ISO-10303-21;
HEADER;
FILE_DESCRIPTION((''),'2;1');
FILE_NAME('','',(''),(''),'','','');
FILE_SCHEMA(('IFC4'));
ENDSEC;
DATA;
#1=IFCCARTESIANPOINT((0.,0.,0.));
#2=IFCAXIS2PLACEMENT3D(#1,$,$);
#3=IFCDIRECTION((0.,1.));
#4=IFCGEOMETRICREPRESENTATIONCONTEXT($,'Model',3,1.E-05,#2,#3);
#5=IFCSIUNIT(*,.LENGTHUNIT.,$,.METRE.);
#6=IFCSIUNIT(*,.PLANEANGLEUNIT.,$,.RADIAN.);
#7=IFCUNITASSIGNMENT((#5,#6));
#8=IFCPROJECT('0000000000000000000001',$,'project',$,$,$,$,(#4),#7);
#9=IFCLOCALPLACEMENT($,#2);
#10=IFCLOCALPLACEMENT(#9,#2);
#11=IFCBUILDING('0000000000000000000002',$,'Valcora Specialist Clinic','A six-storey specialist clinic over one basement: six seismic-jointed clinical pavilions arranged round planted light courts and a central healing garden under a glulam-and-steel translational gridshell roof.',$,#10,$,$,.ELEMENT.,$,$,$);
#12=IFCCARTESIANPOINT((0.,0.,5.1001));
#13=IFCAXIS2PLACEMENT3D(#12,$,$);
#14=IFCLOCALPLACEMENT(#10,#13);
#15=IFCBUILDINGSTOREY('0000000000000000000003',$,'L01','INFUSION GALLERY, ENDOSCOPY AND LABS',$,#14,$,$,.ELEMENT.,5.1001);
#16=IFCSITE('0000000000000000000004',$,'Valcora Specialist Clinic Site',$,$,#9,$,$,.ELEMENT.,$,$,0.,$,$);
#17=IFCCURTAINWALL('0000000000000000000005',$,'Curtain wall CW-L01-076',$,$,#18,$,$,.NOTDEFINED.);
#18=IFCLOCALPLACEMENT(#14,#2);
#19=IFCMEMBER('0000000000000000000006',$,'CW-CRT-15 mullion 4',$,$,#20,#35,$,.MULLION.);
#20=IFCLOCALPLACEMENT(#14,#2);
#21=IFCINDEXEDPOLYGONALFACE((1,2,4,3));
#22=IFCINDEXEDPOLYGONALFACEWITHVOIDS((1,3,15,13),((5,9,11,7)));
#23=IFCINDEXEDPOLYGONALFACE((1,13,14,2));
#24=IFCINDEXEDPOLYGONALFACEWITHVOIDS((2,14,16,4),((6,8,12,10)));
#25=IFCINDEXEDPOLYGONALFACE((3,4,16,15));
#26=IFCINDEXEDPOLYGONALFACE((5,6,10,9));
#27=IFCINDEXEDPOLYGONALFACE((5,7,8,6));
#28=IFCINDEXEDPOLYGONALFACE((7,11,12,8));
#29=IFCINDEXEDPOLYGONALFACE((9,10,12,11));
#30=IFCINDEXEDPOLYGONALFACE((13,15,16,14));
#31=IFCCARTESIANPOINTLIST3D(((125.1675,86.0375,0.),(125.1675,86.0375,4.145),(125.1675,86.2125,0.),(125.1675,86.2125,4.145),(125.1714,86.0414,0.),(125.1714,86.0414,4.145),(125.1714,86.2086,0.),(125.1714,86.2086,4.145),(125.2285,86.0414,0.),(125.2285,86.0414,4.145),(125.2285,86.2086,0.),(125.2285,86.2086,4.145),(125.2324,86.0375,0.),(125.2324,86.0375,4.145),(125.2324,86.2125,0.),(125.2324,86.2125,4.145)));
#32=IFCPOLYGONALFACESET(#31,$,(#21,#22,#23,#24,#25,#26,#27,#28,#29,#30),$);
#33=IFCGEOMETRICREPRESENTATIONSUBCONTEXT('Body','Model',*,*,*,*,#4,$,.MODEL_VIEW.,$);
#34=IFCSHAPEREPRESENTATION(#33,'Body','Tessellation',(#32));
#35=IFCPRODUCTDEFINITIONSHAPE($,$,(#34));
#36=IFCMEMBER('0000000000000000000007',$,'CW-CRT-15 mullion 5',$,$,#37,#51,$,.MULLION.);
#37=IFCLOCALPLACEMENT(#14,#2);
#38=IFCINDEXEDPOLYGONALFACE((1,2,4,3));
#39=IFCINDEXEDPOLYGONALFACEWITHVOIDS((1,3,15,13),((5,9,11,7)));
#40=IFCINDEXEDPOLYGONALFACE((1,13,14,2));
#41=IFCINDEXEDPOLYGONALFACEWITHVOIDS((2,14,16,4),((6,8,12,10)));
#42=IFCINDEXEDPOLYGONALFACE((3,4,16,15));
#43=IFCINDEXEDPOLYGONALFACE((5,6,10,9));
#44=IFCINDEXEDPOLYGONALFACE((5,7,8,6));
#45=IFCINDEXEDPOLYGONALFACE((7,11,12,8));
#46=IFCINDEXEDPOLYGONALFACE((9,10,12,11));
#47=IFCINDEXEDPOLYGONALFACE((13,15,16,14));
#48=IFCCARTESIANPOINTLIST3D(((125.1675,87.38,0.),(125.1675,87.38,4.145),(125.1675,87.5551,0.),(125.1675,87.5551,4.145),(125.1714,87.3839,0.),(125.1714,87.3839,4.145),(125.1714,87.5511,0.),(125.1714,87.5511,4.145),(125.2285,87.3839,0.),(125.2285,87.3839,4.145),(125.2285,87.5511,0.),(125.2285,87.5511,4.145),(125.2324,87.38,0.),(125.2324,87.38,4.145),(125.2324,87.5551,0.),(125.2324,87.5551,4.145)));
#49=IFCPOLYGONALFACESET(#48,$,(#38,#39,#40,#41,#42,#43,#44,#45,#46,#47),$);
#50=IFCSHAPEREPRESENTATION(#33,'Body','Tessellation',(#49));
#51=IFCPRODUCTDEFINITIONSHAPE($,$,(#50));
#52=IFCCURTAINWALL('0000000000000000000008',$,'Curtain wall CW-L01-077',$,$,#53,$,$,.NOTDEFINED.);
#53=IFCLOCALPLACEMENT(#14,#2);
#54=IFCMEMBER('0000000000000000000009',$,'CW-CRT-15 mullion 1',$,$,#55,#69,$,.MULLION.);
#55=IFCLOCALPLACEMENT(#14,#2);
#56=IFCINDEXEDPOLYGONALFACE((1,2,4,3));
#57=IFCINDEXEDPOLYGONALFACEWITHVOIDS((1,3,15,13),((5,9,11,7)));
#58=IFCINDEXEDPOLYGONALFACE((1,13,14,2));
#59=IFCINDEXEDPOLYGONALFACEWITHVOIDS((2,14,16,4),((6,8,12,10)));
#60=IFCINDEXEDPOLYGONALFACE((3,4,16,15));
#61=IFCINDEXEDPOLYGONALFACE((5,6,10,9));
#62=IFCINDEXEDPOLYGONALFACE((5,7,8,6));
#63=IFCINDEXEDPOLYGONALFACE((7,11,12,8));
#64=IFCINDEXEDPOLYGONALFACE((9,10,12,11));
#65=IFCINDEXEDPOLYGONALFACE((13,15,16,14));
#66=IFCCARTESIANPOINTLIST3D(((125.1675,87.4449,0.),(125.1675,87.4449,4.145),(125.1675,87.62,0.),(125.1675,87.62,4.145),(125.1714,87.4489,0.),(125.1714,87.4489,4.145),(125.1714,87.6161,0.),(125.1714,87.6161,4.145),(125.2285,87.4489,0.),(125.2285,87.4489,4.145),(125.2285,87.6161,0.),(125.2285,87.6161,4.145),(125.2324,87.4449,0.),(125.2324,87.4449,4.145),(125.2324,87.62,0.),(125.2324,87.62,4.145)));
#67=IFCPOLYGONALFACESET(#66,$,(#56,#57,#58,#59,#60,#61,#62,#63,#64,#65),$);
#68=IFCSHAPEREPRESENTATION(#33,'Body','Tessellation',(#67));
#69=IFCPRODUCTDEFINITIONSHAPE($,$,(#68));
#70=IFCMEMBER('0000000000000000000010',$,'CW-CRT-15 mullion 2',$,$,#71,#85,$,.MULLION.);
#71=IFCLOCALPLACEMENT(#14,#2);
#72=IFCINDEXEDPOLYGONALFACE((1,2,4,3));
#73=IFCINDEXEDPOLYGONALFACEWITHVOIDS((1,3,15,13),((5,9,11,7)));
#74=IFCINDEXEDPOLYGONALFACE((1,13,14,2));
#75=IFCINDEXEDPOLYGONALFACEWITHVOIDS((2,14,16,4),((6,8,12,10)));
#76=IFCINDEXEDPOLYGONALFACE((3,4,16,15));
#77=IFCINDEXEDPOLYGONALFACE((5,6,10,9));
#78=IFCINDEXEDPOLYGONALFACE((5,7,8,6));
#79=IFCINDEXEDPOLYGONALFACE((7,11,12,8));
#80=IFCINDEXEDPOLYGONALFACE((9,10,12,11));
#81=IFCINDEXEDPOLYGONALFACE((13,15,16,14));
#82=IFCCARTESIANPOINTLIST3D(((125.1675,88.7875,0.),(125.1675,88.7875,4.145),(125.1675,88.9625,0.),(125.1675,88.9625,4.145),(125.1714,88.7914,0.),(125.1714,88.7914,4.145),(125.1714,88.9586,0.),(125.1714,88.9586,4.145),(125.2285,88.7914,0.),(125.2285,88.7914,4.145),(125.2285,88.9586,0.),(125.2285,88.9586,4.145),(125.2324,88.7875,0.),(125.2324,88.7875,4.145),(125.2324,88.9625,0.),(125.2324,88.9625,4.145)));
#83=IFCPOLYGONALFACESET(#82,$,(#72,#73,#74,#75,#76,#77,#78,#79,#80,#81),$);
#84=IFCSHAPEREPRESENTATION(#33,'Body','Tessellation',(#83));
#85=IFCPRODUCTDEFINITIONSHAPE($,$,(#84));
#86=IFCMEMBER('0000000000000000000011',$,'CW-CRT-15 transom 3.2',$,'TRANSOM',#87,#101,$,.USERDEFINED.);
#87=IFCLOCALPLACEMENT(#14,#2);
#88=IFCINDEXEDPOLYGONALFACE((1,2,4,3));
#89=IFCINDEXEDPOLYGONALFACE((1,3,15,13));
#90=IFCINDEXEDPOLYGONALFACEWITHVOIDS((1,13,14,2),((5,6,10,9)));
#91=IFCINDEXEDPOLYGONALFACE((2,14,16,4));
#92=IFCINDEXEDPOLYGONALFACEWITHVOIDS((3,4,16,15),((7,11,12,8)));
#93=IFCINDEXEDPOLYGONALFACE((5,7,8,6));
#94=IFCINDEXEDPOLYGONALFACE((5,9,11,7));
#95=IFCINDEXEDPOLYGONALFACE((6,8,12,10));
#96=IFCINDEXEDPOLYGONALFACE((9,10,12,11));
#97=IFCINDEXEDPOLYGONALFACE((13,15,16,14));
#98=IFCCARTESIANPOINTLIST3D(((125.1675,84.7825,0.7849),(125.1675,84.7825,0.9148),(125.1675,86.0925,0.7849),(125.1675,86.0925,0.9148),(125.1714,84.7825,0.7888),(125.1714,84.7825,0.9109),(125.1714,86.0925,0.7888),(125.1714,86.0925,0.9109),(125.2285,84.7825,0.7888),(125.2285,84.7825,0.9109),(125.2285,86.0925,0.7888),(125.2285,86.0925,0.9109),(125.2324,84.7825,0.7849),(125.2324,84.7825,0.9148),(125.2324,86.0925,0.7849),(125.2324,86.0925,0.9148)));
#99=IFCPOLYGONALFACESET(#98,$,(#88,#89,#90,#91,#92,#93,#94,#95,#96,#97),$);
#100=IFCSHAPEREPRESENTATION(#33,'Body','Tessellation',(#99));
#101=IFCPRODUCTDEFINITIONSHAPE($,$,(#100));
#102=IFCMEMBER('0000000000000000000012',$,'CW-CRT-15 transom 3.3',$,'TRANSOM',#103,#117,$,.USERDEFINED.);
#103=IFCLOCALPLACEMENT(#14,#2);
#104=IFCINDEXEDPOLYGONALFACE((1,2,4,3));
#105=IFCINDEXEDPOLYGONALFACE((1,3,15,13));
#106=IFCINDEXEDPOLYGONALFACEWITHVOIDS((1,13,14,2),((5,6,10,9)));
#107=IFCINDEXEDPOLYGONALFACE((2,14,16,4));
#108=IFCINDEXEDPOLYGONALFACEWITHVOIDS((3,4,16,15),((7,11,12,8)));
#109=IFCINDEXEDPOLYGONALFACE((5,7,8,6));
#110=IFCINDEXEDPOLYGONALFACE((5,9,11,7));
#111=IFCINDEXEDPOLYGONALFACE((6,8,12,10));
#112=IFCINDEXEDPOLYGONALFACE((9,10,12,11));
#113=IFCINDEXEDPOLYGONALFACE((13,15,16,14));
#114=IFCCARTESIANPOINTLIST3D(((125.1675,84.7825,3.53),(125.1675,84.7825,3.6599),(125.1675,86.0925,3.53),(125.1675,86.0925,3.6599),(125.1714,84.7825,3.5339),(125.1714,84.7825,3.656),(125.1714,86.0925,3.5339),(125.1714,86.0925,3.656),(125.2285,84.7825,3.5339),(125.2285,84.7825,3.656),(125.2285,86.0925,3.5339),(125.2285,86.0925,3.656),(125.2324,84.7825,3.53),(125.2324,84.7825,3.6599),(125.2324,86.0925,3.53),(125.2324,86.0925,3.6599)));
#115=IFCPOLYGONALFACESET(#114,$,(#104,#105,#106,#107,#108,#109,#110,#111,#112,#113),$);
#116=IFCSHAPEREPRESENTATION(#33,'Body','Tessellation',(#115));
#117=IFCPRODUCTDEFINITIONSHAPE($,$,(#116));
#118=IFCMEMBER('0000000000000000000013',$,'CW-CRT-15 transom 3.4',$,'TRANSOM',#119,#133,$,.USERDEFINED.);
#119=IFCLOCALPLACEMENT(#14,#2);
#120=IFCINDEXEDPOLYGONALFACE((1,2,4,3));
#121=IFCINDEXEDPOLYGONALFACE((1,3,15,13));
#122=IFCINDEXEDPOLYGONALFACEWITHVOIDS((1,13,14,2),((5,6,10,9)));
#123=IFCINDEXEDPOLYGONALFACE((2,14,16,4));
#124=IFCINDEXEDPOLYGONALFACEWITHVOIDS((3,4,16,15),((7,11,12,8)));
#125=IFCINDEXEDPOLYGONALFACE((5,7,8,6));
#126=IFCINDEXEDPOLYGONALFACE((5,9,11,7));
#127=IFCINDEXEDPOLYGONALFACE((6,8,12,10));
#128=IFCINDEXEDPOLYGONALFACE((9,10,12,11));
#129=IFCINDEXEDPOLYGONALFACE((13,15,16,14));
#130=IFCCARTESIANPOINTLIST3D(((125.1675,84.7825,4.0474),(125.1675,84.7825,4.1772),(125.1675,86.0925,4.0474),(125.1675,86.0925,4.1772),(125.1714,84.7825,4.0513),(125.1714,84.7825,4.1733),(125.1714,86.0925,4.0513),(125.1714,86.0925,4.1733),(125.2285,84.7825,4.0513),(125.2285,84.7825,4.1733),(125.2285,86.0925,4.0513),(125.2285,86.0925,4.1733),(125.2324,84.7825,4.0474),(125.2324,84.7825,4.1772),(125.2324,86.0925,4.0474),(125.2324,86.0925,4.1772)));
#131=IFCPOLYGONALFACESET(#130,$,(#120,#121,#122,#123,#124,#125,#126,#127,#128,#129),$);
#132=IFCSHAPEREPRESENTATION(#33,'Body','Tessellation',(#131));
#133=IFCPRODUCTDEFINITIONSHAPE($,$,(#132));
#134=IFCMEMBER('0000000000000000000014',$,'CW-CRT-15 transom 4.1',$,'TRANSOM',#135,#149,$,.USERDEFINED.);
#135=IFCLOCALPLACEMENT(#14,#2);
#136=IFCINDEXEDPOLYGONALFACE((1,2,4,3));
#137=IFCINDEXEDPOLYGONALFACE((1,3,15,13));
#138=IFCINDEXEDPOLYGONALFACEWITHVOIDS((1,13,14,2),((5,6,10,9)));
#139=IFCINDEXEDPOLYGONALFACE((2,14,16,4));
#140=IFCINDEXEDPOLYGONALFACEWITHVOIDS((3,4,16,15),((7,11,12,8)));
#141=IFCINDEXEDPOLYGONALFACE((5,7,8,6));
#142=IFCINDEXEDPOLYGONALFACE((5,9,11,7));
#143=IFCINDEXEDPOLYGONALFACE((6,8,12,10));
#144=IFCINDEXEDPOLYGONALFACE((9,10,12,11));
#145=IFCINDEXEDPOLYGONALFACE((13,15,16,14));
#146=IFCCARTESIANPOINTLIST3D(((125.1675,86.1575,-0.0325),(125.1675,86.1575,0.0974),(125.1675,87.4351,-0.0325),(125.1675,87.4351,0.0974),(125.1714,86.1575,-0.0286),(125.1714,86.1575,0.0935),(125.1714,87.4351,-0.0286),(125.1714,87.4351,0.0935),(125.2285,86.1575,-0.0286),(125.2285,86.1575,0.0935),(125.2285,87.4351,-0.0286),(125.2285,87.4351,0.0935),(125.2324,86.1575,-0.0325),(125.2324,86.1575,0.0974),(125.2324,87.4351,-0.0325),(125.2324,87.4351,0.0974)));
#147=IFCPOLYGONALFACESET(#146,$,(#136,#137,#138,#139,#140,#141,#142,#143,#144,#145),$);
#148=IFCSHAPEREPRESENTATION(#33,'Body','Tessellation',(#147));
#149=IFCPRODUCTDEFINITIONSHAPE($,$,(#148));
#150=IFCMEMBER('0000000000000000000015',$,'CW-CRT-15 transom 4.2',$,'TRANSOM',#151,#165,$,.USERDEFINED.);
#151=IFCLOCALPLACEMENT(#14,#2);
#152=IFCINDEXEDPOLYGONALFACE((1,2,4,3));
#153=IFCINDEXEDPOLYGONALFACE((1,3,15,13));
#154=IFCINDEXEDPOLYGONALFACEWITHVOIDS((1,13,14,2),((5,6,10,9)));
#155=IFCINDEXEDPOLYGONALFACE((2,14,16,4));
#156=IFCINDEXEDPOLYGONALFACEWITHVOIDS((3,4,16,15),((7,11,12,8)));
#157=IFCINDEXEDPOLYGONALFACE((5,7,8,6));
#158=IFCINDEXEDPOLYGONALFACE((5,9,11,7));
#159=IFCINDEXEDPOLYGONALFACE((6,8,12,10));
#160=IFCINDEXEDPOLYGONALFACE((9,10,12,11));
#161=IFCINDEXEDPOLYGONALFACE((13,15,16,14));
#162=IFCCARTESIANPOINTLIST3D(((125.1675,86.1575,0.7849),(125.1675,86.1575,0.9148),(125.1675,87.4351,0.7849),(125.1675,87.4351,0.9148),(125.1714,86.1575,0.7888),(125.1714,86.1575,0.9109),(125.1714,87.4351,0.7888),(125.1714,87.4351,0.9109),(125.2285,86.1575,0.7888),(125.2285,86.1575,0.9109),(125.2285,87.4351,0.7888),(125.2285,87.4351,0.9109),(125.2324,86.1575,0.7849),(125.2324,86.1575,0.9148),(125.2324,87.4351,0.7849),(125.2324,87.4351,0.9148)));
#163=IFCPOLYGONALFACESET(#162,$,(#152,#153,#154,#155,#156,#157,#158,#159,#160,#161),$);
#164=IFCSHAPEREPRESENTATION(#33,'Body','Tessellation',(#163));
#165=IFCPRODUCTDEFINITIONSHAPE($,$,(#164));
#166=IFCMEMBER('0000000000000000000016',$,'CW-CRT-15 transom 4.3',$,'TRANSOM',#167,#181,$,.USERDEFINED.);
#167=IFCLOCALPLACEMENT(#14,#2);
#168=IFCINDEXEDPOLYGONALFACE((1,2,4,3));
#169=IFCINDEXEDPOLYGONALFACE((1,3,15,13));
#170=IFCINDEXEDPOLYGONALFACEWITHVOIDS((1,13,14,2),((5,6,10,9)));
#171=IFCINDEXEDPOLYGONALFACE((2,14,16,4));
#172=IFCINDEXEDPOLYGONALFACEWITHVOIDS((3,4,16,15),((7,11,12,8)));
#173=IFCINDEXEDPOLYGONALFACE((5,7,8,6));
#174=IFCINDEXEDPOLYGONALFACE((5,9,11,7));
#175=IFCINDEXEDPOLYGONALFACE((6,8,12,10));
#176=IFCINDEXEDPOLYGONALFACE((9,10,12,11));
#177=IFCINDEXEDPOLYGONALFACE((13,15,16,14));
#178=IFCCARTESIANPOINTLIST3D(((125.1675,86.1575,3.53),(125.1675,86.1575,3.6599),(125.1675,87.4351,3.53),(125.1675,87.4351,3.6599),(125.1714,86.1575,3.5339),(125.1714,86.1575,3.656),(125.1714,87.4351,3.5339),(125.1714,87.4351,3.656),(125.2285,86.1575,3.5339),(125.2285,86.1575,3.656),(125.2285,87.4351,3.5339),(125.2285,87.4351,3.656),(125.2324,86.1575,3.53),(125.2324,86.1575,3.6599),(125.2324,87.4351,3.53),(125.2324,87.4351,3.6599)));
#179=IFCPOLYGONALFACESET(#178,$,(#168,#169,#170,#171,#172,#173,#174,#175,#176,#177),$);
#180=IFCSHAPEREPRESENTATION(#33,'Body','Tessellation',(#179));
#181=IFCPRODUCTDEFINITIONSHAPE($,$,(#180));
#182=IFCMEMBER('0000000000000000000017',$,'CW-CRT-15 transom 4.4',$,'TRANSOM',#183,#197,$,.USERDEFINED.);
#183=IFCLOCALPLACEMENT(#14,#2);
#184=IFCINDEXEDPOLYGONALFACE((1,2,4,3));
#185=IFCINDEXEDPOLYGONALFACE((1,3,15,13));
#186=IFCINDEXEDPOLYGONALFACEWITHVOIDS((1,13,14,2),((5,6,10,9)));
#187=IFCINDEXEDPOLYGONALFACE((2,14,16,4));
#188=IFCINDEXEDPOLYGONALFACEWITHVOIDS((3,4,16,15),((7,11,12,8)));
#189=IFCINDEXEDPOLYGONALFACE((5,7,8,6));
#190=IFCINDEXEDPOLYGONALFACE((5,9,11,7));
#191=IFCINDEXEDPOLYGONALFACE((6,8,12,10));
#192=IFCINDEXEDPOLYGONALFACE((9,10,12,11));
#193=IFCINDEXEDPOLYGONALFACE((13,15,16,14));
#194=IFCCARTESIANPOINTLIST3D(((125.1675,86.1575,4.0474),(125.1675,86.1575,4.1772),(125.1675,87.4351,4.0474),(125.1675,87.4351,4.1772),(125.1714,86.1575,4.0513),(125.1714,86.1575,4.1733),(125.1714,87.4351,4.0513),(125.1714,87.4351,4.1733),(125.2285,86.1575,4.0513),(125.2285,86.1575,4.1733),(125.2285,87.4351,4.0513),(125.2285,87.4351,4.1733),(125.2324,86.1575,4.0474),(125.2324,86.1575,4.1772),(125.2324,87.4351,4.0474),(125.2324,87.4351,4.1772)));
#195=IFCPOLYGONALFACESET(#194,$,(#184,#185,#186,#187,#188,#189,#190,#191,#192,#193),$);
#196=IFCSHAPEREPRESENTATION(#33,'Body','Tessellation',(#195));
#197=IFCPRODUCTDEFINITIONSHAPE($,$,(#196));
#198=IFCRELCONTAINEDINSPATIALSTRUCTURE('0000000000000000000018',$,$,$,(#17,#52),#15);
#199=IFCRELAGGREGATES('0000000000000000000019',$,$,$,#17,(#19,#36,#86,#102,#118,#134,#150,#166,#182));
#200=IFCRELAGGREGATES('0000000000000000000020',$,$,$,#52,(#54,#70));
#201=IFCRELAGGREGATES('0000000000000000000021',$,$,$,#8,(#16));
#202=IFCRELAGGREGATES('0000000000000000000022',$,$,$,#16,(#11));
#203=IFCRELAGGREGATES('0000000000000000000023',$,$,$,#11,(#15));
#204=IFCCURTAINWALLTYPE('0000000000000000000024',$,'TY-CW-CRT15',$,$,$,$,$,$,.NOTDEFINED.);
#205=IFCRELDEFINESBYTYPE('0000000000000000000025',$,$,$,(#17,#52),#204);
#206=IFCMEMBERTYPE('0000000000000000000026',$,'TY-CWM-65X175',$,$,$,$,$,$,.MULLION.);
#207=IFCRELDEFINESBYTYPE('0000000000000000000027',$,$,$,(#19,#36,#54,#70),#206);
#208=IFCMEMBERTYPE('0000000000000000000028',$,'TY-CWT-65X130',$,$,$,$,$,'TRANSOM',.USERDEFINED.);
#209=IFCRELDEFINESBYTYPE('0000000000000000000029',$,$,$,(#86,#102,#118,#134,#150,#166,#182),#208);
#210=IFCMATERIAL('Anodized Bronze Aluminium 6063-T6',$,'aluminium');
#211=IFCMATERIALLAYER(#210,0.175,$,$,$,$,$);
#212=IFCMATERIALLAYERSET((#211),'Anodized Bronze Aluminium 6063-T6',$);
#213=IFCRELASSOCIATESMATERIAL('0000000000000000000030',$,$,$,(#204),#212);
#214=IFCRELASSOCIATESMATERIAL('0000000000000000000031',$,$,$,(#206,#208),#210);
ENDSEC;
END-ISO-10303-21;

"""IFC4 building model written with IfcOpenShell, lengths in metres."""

from ifc_helpers import new_model, si_unit, direction, frame, origin, origin_2d, place, context, subcontext, project, spatial, hollow_rectangle, extrude, material, layer, layer_set, material_profile, profile_set, type_object, element, aggregate, save


model = new_model("IFC4")

# Units and contexts
model_context = context("Model", 3, precision=1e-05, world=origin(), true_north=direction((0.0, 1.0)))
body_context = subcontext(model_context, "Body", "Model", "MODEL_VIEW")
ifc_project = project(units=[si_unit("LENGTHUNIT", "METRE"), si_unit("PLANEANGLEUNIT", "RADIAN")], contexts=[model_context])

# Site, building, storey
site_placement = place(None, origin())
site = spatial("IfcSite", under=ifc_project, at=site_placement, Name="Valcora Specialist Clinic Site", CompositionType="ELEMENT", RefElevation=0.0)
building_placement = place(site_placement, origin())
building = spatial("IfcBuilding", under=site, at=building_placement, Name="Valcora Specialist Clinic", Description="A six-storey specialist clinic over one basement: six seismic-jointed clinical pavilions arranged round planted light courts and a central healing garden under a glulam-and-steel translational gridshell roof.", CompositionType="ELEMENT")
storey_placement = place(building_placement, frame((0.0, 0.0, 5.1001)))
storey = spatial("IfcBuildingStorey", under=building, at=storey_placement, Name="L01", Description="INFUSION GALLERY, ENDOSCOPY AND LABS", CompositionType="ELEMENT", Elevation=5.1001)

# Curtain walls, members
ifc_material_1 = material(Name="Anodized Bronze Aluminium 6063-T6", Category="aluminium")
ifc_layer_1 = layer(ifc_material_1, 0.175)
ifc_layer_set_1 = layer_set([ifc_layer_1], Name="Anodized Bronze Aluminium 6063-T6")
curtain_wall_type = type_object("IfcCurtainWallType", Name="TY-CW-CRT15", PredefinedType="NOTDEFINED", material=ifc_layer_set_1)
curtain_wall_1_placement = place(storey_placement, origin())
curtain_wall_1 = element("IfcCurtainWall", 1, at=curtain_wall_1_placement, inside=storey, type_object=curtain_wall_type, Name="Curtain wall CW-L01-076", PredefinedType="NOTDEFINED")
ifc_material_profile_1 = material_profile(ifc_material_1, hollow_rectangle(XDim=0.0649, YDim=0.175, WallThickness=0.0039, at=origin_2d()), Name="AL-MUL-65X175")
ifc_profile_set_1 = profile_set([ifc_material_profile_1], Name="Anodized Bronze Aluminium 6063-T6")
member_type_1 = type_object("IfcMemberType", Name="TY-CWM-65X175", PredefinedType="MULLION", material=ifc_profile_set_1)
member_1_placement = place(storey_placement, frame((125.2, 86.125, 0.0), z_axis=(0.0, 0.0, 1.0), x_axis=(-1.0, 0.0, 0.0)))
member_1 = element("IfcMember", 2, at=member_1_placement, type_object=member_type_1, Name="CW-CRT-15 mullion 4", PredefinedType="MULLION", context=body_context, shape_type="SweptSolid", body=[
    extrude(hollow_rectangle(XDim=0.0649, YDim=0.175, WallThickness=0.0039, at=origin_2d()), origin(), (0.0, 0.0, 1.0), 4.145),
])
member_2_placement = place(storey_placement, frame((125.2, 87.4675, 0.0), z_axis=(0.0, 0.0, 1.0), x_axis=(-1.0, 0.0, 0.0)))
member_2 = element("IfcMember", 3, at=member_2_placement, type_object=member_type_1, Name="CW-CRT-15 mullion 5", PredefinedType="MULLION", context=body_context, shape_type="SweptSolid", body=[
    extrude(hollow_rectangle(XDim=0.0649, YDim=0.175, WallThickness=0.0039, at=origin_2d()), origin(), (0.0, 0.0, 1.0), 4.145),
])
curtain_wall_2_placement = place(storey_placement, origin())
curtain_wall_2 = element("IfcCurtainWall", 4, at=curtain_wall_2_placement, inside=storey, type_object=curtain_wall_type, Name="Curtain wall CW-L01-077", PredefinedType="NOTDEFINED")
member_3_placement = place(storey_placement, frame((125.2, 87.5325, 0.0), z_axis=(0.0, 0.0, 1.0), x_axis=(-1.0, 0.0, 0.0)))
member_3 = element("IfcMember", 5, at=member_3_placement, type_object=member_type_1, Name="CW-CRT-15 mullion 1", PredefinedType="MULLION", context=body_context, shape_type="SweptSolid", body=[
    extrude(hollow_rectangle(XDim=0.0649, YDim=0.175, WallThickness=0.0039, at=origin_2d()), origin(), (0.0, 0.0, 1.0), 4.145),
])
member_4_placement = place(storey_placement, frame((125.2, 88.875, 0.0), z_axis=(0.0, 0.0, 1.0), x_axis=(-1.0, 0.0, 0.0)))
member_4 = element("IfcMember", 6, at=member_4_placement, type_object=member_type_1, Name="CW-CRT-15 mullion 2", PredefinedType="MULLION", context=body_context, shape_type="SweptSolid", body=[
    extrude(hollow_rectangle(XDim=0.0649, YDim=0.175, WallThickness=0.0039, at=origin_2d()), origin(), (0.0, 0.0, 1.0), 4.145),
])

# Members
ifc_material_profile_2 = material_profile(ifc_material_1, hollow_rectangle(XDim=0.0649, YDim=0.1299, WallThickness=0.0039, at=origin_2d()), Name="AL-TRN-65X130")
ifc_profile_set_2 = profile_set([ifc_material_profile_2], Name="Anodized Bronze Aluminium 6063-T6")
member_type_2 = type_object("IfcMemberType", Name="TY-CWT-65X130", ElementType="TRANSOM", PredefinedType="USERDEFINED", material=ifc_profile_set_2)
member_5_placement = place(storey_placement, frame((125.2, 84.7825, 0.8499), z_axis=(0.0, 1.0, 0.0), x_axis=(-1.0, 0.0, 0.0)))
member_5 = element("IfcMember", 7, at=member_5_placement, type_object=member_type_2, Name="CW-CRT-15 transom 3.2", ObjectType="TRANSOM", PredefinedType="USERDEFINED", context=body_context, shape_type="SweptSolid", body=[
    extrude(hollow_rectangle(XDim=0.0649, YDim=0.1299, WallThickness=0.0039, at=origin_2d()), origin(), (0.0, 0.0, 1.0), 1.3101),
])
member_6_placement = place(storey_placement, frame((125.2, 84.7825, 3.595), z_axis=(0.0, 1.0, 0.0), x_axis=(-1.0, 0.0, 0.0)))
member_6 = element("IfcMember", 8, at=member_6_placement, type_object=member_type_2, Name="CW-CRT-15 transom 3.3", ObjectType="TRANSOM", PredefinedType="USERDEFINED", context=body_context, shape_type="SweptSolid", body=[
    extrude(hollow_rectangle(XDim=0.0649, YDim=0.1299, WallThickness=0.0039, at=origin_2d()), origin(), (0.0, 0.0, 1.0), 1.3101),
])
member_7_placement = place(storey_placement, frame((125.2, 84.7825, 4.1123), z_axis=(0.0, 1.0, 0.0), x_axis=(-1.0, 0.0, 0.0)))
member_7 = element("IfcMember", 9, at=member_7_placement, type_object=member_type_2, Name="CW-CRT-15 transom 3.4", ObjectType="TRANSOM", PredefinedType="USERDEFINED", context=body_context, shape_type="SweptSolid", body=[
    extrude(hollow_rectangle(XDim=0.0649, YDim=0.1299, WallThickness=0.0039, at=origin_2d()), origin(), (0.0, 0.0, 1.0), 1.3101),
])
member_8_placement = place(storey_placement, frame((125.2, 86.1575, 0.0325), z_axis=(0.0, 1.0, 0.0), x_axis=(-1.0, 0.0, 0.0)))
member_8 = element("IfcMember", 10, at=member_8_placement, type_object=member_type_2, Name="CW-CRT-15 transom 4.1", ObjectType="TRANSOM", PredefinedType="USERDEFINED", context=body_context, shape_type="SweptSolid", body=[
    extrude(hollow_rectangle(XDim=0.0649, YDim=0.1299, WallThickness=0.0039, at=origin_2d()), origin(), (0.0, 0.0, 1.0), 1.2776),
])
member_9_placement = place(storey_placement, frame((125.2, 86.1575, 0.8499), z_axis=(0.0, 1.0, 0.0), x_axis=(-1.0, 0.0, 0.0)))
member_9 = element("IfcMember", 11, at=member_9_placement, type_object=member_type_2, Name="CW-CRT-15 transom 4.2", ObjectType="TRANSOM", PredefinedType="USERDEFINED", context=body_context, shape_type="SweptSolid", body=[
    extrude(hollow_rectangle(XDim=0.0649, YDim=0.1299, WallThickness=0.0039, at=origin_2d()), origin(), (0.0, 0.0, 1.0), 1.2776),
])
member_10_placement = place(storey_placement, frame((125.2, 86.1575, 3.595), z_axis=(0.0, 1.0, 0.0), x_axis=(-1.0, 0.0, 0.0)))
member_10 = element("IfcMember", 12, at=member_10_placement, type_object=member_type_2, Name="CW-CRT-15 transom 4.3", ObjectType="TRANSOM", PredefinedType="USERDEFINED", context=body_context, shape_type="SweptSolid", body=[
    extrude(hollow_rectangle(XDim=0.0649, YDim=0.1299, WallThickness=0.0039, at=origin_2d()), origin(), (0.0, 0.0, 1.0), 1.2776),
])
member_11_placement = place(storey_placement, frame((125.2, 86.1575, 4.1123), z_axis=(0.0, 1.0, 0.0), x_axis=(-1.0, 0.0, 0.0)))
member_11 = element("IfcMember", 13, at=member_11_placement, type_object=member_type_2, Name="CW-CRT-15 transom 4.4", ObjectType="TRANSOM", PredefinedType="USERDEFINED", context=body_context, shape_type="SweptSolid", body=[
    extrude(hollow_rectangle(XDim=0.0649, YDim=0.1299, WallThickness=0.0039, at=origin_2d()), origin(), (0.0, 0.0, 1.0), 1.2776),
])

aggregate(curtain_wall_1, [member_1, member_2, member_5, member_6, member_7, member_8, member_9, member_10, member_11])
aggregate(curtain_wall_2, [member_3, member_4])

save(model, "model.ifc")
